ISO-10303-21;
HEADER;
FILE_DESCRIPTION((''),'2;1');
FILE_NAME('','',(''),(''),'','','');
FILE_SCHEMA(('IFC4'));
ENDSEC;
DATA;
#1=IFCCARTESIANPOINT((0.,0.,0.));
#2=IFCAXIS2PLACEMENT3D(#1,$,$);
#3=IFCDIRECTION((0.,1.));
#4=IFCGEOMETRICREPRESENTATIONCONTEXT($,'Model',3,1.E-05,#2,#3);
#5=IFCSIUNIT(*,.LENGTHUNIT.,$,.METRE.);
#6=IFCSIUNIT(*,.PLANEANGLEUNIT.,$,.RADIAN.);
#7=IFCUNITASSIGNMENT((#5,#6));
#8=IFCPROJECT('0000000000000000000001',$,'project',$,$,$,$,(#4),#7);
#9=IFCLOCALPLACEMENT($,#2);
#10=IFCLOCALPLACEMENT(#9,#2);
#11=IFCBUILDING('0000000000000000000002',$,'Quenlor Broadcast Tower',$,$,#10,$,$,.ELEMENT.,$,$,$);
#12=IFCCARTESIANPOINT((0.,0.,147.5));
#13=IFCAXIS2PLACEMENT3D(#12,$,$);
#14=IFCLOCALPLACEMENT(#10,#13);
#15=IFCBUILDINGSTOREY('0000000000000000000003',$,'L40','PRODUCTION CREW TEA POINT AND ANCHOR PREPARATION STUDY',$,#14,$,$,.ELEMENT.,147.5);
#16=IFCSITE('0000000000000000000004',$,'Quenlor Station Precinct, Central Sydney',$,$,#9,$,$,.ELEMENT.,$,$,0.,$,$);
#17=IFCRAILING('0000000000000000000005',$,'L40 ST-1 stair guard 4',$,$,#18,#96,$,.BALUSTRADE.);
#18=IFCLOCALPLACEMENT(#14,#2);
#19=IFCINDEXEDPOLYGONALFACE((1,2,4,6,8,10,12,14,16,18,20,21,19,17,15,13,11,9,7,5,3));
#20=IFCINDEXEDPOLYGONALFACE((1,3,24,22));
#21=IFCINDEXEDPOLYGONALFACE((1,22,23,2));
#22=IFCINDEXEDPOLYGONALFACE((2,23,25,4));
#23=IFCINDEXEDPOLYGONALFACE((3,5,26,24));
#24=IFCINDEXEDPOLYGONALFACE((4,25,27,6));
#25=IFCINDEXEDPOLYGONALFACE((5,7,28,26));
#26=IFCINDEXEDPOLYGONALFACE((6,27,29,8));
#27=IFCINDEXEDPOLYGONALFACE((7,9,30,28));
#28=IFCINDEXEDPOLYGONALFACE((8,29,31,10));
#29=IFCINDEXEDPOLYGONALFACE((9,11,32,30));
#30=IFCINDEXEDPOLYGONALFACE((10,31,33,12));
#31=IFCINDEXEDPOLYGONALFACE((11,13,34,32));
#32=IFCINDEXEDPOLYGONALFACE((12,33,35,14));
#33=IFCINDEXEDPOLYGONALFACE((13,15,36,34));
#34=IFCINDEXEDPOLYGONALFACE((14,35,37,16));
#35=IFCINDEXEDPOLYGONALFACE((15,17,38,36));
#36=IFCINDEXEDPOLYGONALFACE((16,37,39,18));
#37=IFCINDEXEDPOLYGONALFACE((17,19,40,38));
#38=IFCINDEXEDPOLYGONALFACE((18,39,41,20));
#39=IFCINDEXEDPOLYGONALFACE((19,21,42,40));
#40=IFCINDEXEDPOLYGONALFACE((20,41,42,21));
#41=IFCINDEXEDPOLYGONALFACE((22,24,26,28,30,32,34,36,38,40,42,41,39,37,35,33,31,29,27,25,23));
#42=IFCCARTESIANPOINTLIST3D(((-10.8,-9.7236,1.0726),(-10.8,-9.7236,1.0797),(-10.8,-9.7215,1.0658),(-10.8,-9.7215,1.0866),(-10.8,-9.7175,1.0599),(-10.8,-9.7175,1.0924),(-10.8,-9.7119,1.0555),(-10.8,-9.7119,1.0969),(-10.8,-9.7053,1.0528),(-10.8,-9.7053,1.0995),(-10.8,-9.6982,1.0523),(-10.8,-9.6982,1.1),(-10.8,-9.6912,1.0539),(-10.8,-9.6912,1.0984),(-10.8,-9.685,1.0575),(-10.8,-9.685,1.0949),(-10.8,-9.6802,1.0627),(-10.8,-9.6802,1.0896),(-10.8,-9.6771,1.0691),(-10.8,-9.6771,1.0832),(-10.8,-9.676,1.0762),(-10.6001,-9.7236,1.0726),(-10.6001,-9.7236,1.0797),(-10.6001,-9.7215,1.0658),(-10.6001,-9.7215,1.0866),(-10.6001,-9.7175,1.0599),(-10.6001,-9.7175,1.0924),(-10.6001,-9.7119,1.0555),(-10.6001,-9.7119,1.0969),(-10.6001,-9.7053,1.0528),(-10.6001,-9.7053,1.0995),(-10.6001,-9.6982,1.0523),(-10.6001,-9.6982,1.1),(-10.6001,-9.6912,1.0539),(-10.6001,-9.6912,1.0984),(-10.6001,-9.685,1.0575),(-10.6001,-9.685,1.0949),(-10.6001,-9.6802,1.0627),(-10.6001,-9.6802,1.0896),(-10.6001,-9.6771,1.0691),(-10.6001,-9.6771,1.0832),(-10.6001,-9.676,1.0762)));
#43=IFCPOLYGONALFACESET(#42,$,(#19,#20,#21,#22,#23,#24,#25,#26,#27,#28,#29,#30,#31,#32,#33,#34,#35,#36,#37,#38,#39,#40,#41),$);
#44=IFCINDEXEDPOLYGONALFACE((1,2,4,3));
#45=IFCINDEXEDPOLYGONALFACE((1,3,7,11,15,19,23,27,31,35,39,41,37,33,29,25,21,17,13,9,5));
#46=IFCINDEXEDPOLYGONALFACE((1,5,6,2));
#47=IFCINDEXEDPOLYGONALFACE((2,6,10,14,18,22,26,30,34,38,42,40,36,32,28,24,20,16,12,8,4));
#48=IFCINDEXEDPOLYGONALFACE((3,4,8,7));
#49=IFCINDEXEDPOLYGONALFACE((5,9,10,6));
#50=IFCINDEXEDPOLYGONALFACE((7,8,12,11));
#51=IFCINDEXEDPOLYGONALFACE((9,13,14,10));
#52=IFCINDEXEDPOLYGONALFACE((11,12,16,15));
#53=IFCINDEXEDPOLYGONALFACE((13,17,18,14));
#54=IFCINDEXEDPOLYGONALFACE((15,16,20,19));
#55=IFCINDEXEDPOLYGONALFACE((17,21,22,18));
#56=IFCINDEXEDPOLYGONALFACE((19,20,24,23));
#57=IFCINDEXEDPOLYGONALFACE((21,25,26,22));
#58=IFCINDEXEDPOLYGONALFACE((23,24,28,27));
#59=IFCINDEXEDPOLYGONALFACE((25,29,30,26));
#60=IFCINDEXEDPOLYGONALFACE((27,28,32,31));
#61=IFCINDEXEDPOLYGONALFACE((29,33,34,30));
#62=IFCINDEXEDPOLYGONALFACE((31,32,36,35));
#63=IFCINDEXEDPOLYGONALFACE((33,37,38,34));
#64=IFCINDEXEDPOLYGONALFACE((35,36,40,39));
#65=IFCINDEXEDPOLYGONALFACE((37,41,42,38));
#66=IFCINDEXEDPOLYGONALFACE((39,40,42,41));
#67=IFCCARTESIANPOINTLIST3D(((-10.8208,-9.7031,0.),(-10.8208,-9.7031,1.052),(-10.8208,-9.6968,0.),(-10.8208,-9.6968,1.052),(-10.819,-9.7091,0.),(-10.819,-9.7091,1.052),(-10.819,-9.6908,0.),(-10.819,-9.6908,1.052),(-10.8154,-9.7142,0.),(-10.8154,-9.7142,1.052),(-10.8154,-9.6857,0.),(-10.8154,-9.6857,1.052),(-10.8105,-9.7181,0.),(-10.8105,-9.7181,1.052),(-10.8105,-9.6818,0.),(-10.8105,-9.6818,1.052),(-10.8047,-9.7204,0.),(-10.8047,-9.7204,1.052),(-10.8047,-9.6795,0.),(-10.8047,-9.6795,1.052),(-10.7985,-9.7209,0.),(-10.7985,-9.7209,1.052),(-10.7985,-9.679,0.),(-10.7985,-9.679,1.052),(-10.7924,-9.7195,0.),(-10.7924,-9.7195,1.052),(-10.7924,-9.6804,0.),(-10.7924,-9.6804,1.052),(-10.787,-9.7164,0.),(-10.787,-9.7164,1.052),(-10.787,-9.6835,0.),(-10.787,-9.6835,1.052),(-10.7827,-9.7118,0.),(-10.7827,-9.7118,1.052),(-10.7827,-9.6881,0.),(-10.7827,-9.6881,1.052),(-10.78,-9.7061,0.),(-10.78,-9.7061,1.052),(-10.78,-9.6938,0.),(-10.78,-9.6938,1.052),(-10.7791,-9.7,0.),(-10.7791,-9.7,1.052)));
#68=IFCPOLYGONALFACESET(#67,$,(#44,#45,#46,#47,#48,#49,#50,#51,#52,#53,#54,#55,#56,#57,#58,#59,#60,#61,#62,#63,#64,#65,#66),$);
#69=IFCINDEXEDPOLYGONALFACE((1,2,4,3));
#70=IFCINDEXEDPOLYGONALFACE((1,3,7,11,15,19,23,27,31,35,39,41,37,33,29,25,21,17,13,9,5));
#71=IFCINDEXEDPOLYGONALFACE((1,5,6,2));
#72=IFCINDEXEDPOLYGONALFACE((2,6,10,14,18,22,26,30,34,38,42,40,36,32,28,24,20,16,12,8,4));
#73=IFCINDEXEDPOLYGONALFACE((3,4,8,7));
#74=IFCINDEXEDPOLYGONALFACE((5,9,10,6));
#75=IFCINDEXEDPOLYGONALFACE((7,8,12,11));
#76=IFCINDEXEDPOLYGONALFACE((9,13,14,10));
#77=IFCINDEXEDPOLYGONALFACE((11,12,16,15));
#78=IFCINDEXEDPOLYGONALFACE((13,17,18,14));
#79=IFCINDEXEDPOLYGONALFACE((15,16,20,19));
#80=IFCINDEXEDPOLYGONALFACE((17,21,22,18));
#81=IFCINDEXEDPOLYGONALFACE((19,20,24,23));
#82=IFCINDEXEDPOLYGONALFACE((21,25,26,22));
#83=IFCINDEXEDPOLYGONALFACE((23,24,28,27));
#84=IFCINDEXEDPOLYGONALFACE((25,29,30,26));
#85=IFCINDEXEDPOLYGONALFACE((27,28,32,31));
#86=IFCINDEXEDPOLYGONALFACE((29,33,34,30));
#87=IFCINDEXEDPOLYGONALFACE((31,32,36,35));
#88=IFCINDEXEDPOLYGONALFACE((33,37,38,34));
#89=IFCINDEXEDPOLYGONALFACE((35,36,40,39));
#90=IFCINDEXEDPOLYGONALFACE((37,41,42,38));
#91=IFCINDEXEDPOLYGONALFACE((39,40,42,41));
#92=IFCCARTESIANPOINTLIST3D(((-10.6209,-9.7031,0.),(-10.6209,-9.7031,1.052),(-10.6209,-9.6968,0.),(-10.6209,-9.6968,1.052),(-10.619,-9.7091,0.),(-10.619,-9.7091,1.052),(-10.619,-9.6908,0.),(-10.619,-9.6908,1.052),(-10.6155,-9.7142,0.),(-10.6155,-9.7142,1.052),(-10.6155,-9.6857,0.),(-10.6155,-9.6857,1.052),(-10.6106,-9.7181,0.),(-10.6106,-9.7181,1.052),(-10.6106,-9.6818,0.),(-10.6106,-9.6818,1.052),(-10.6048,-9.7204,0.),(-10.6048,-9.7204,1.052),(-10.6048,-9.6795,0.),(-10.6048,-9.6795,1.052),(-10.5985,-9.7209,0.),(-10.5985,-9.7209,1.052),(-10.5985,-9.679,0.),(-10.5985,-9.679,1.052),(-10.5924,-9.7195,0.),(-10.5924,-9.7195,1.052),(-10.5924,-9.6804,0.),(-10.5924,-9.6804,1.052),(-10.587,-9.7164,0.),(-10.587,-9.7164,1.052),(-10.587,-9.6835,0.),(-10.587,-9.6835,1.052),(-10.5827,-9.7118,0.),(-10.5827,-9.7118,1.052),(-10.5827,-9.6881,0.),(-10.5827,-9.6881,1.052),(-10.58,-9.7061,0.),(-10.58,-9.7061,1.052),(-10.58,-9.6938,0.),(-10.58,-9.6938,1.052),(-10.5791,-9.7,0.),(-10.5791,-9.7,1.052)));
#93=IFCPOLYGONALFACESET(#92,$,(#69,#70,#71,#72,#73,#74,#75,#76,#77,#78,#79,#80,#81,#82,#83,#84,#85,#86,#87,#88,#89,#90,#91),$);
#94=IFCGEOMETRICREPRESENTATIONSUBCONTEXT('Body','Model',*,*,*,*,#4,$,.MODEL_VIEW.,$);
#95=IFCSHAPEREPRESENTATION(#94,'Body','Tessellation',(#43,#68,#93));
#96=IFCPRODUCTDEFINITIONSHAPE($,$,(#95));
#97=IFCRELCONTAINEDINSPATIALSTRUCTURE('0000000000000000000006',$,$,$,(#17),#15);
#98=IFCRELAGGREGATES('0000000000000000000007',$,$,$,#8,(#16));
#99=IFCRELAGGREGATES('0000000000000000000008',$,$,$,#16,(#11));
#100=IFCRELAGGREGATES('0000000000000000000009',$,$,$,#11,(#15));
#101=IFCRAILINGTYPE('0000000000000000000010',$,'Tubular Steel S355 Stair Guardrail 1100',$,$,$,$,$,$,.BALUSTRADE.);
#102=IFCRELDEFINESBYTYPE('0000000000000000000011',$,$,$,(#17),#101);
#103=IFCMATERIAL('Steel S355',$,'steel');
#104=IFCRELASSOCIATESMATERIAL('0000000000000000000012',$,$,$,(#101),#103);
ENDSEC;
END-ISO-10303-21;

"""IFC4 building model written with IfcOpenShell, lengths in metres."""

from ifc_helpers import new_model, si_unit, direction, frame, origin, origin_2d, place, context, subcontext, project, spatial, circle, extrude, material, type_object, element, save


model = new_model("IFC4")

# Units and contexts
model_context = context("Model", 3, precision=1e-05, world=origin(), true_north=direction((0.0, 1.0)))
body_context = subcontext(model_context, "Body", "Model", "MODEL_VIEW")
ifc_project = project(units=[si_unit("LENGTHUNIT", "METRE"), si_unit("PLANEANGLEUNIT", "RADIAN")], contexts=[model_context])

# Site, building, storey
site_placement = place(None, origin())
site = spatial("IfcSite", under=ifc_project, at=site_placement, Name="Quenlor Station Precinct, Central Sydney", CompositionType="ELEMENT", RefElevation=0.0)
building_placement = place(site_placement, origin())
building = spatial("IfcBuilding", under=site, at=building_placement, Name="Quenlor Broadcast Tower", CompositionType="ELEMENT")
storey_placement = place(building_placement, frame((0.0, 0.0, 147.5)))
storey = spatial("IfcBuildingStorey", under=building, at=storey_placement, Name="L40", Description="PRODUCTION CREW TEA POINT AND ANCHOR PREPARATION STUDY", CompositionType="ELEMENT", Elevation=147.5)

# Railing
ifc_material_1 = material(Name="Steel S355", Category="steel")
railing_type_1 = type_object("IfcRailingType", Name="Tubular Steel S355 Stair Guardrail 1100", PredefinedType="BALUSTRADE", material=ifc_material_1)
railing_1_placement = place(storey_placement, frame((-10.8, -9.7, 0.0)))
element("IfcRailing", 1, at=railing_1_placement, inside=storey, type_object=railing_type_1, Name="L40 ST-1 stair guard 4", PredefinedType="BALUSTRADE", context=body_context, shape_type="SweptSolid", body=[
    extrude(circle(Radius=0.0239, at=origin_2d()), frame((0.0, 0.0, 1.0762), z_axis=(1.0, 0.0, 0.0), x_axis=(0.0, 1.0, 0.0)), (0.0, 0.0, 1.0), 0.2),
    extrude(circle(Radius=0.021, at=origin_2d()), origin(), (0.0, 0.0, 1.0), 1.052),
    extrude(circle(Radius=0.021, at=origin_2d()), frame((0.2, 0.0, 0.0)), (0.0, 0.0, 1.0), 1.052),
])

save(model, "model.ifc")
